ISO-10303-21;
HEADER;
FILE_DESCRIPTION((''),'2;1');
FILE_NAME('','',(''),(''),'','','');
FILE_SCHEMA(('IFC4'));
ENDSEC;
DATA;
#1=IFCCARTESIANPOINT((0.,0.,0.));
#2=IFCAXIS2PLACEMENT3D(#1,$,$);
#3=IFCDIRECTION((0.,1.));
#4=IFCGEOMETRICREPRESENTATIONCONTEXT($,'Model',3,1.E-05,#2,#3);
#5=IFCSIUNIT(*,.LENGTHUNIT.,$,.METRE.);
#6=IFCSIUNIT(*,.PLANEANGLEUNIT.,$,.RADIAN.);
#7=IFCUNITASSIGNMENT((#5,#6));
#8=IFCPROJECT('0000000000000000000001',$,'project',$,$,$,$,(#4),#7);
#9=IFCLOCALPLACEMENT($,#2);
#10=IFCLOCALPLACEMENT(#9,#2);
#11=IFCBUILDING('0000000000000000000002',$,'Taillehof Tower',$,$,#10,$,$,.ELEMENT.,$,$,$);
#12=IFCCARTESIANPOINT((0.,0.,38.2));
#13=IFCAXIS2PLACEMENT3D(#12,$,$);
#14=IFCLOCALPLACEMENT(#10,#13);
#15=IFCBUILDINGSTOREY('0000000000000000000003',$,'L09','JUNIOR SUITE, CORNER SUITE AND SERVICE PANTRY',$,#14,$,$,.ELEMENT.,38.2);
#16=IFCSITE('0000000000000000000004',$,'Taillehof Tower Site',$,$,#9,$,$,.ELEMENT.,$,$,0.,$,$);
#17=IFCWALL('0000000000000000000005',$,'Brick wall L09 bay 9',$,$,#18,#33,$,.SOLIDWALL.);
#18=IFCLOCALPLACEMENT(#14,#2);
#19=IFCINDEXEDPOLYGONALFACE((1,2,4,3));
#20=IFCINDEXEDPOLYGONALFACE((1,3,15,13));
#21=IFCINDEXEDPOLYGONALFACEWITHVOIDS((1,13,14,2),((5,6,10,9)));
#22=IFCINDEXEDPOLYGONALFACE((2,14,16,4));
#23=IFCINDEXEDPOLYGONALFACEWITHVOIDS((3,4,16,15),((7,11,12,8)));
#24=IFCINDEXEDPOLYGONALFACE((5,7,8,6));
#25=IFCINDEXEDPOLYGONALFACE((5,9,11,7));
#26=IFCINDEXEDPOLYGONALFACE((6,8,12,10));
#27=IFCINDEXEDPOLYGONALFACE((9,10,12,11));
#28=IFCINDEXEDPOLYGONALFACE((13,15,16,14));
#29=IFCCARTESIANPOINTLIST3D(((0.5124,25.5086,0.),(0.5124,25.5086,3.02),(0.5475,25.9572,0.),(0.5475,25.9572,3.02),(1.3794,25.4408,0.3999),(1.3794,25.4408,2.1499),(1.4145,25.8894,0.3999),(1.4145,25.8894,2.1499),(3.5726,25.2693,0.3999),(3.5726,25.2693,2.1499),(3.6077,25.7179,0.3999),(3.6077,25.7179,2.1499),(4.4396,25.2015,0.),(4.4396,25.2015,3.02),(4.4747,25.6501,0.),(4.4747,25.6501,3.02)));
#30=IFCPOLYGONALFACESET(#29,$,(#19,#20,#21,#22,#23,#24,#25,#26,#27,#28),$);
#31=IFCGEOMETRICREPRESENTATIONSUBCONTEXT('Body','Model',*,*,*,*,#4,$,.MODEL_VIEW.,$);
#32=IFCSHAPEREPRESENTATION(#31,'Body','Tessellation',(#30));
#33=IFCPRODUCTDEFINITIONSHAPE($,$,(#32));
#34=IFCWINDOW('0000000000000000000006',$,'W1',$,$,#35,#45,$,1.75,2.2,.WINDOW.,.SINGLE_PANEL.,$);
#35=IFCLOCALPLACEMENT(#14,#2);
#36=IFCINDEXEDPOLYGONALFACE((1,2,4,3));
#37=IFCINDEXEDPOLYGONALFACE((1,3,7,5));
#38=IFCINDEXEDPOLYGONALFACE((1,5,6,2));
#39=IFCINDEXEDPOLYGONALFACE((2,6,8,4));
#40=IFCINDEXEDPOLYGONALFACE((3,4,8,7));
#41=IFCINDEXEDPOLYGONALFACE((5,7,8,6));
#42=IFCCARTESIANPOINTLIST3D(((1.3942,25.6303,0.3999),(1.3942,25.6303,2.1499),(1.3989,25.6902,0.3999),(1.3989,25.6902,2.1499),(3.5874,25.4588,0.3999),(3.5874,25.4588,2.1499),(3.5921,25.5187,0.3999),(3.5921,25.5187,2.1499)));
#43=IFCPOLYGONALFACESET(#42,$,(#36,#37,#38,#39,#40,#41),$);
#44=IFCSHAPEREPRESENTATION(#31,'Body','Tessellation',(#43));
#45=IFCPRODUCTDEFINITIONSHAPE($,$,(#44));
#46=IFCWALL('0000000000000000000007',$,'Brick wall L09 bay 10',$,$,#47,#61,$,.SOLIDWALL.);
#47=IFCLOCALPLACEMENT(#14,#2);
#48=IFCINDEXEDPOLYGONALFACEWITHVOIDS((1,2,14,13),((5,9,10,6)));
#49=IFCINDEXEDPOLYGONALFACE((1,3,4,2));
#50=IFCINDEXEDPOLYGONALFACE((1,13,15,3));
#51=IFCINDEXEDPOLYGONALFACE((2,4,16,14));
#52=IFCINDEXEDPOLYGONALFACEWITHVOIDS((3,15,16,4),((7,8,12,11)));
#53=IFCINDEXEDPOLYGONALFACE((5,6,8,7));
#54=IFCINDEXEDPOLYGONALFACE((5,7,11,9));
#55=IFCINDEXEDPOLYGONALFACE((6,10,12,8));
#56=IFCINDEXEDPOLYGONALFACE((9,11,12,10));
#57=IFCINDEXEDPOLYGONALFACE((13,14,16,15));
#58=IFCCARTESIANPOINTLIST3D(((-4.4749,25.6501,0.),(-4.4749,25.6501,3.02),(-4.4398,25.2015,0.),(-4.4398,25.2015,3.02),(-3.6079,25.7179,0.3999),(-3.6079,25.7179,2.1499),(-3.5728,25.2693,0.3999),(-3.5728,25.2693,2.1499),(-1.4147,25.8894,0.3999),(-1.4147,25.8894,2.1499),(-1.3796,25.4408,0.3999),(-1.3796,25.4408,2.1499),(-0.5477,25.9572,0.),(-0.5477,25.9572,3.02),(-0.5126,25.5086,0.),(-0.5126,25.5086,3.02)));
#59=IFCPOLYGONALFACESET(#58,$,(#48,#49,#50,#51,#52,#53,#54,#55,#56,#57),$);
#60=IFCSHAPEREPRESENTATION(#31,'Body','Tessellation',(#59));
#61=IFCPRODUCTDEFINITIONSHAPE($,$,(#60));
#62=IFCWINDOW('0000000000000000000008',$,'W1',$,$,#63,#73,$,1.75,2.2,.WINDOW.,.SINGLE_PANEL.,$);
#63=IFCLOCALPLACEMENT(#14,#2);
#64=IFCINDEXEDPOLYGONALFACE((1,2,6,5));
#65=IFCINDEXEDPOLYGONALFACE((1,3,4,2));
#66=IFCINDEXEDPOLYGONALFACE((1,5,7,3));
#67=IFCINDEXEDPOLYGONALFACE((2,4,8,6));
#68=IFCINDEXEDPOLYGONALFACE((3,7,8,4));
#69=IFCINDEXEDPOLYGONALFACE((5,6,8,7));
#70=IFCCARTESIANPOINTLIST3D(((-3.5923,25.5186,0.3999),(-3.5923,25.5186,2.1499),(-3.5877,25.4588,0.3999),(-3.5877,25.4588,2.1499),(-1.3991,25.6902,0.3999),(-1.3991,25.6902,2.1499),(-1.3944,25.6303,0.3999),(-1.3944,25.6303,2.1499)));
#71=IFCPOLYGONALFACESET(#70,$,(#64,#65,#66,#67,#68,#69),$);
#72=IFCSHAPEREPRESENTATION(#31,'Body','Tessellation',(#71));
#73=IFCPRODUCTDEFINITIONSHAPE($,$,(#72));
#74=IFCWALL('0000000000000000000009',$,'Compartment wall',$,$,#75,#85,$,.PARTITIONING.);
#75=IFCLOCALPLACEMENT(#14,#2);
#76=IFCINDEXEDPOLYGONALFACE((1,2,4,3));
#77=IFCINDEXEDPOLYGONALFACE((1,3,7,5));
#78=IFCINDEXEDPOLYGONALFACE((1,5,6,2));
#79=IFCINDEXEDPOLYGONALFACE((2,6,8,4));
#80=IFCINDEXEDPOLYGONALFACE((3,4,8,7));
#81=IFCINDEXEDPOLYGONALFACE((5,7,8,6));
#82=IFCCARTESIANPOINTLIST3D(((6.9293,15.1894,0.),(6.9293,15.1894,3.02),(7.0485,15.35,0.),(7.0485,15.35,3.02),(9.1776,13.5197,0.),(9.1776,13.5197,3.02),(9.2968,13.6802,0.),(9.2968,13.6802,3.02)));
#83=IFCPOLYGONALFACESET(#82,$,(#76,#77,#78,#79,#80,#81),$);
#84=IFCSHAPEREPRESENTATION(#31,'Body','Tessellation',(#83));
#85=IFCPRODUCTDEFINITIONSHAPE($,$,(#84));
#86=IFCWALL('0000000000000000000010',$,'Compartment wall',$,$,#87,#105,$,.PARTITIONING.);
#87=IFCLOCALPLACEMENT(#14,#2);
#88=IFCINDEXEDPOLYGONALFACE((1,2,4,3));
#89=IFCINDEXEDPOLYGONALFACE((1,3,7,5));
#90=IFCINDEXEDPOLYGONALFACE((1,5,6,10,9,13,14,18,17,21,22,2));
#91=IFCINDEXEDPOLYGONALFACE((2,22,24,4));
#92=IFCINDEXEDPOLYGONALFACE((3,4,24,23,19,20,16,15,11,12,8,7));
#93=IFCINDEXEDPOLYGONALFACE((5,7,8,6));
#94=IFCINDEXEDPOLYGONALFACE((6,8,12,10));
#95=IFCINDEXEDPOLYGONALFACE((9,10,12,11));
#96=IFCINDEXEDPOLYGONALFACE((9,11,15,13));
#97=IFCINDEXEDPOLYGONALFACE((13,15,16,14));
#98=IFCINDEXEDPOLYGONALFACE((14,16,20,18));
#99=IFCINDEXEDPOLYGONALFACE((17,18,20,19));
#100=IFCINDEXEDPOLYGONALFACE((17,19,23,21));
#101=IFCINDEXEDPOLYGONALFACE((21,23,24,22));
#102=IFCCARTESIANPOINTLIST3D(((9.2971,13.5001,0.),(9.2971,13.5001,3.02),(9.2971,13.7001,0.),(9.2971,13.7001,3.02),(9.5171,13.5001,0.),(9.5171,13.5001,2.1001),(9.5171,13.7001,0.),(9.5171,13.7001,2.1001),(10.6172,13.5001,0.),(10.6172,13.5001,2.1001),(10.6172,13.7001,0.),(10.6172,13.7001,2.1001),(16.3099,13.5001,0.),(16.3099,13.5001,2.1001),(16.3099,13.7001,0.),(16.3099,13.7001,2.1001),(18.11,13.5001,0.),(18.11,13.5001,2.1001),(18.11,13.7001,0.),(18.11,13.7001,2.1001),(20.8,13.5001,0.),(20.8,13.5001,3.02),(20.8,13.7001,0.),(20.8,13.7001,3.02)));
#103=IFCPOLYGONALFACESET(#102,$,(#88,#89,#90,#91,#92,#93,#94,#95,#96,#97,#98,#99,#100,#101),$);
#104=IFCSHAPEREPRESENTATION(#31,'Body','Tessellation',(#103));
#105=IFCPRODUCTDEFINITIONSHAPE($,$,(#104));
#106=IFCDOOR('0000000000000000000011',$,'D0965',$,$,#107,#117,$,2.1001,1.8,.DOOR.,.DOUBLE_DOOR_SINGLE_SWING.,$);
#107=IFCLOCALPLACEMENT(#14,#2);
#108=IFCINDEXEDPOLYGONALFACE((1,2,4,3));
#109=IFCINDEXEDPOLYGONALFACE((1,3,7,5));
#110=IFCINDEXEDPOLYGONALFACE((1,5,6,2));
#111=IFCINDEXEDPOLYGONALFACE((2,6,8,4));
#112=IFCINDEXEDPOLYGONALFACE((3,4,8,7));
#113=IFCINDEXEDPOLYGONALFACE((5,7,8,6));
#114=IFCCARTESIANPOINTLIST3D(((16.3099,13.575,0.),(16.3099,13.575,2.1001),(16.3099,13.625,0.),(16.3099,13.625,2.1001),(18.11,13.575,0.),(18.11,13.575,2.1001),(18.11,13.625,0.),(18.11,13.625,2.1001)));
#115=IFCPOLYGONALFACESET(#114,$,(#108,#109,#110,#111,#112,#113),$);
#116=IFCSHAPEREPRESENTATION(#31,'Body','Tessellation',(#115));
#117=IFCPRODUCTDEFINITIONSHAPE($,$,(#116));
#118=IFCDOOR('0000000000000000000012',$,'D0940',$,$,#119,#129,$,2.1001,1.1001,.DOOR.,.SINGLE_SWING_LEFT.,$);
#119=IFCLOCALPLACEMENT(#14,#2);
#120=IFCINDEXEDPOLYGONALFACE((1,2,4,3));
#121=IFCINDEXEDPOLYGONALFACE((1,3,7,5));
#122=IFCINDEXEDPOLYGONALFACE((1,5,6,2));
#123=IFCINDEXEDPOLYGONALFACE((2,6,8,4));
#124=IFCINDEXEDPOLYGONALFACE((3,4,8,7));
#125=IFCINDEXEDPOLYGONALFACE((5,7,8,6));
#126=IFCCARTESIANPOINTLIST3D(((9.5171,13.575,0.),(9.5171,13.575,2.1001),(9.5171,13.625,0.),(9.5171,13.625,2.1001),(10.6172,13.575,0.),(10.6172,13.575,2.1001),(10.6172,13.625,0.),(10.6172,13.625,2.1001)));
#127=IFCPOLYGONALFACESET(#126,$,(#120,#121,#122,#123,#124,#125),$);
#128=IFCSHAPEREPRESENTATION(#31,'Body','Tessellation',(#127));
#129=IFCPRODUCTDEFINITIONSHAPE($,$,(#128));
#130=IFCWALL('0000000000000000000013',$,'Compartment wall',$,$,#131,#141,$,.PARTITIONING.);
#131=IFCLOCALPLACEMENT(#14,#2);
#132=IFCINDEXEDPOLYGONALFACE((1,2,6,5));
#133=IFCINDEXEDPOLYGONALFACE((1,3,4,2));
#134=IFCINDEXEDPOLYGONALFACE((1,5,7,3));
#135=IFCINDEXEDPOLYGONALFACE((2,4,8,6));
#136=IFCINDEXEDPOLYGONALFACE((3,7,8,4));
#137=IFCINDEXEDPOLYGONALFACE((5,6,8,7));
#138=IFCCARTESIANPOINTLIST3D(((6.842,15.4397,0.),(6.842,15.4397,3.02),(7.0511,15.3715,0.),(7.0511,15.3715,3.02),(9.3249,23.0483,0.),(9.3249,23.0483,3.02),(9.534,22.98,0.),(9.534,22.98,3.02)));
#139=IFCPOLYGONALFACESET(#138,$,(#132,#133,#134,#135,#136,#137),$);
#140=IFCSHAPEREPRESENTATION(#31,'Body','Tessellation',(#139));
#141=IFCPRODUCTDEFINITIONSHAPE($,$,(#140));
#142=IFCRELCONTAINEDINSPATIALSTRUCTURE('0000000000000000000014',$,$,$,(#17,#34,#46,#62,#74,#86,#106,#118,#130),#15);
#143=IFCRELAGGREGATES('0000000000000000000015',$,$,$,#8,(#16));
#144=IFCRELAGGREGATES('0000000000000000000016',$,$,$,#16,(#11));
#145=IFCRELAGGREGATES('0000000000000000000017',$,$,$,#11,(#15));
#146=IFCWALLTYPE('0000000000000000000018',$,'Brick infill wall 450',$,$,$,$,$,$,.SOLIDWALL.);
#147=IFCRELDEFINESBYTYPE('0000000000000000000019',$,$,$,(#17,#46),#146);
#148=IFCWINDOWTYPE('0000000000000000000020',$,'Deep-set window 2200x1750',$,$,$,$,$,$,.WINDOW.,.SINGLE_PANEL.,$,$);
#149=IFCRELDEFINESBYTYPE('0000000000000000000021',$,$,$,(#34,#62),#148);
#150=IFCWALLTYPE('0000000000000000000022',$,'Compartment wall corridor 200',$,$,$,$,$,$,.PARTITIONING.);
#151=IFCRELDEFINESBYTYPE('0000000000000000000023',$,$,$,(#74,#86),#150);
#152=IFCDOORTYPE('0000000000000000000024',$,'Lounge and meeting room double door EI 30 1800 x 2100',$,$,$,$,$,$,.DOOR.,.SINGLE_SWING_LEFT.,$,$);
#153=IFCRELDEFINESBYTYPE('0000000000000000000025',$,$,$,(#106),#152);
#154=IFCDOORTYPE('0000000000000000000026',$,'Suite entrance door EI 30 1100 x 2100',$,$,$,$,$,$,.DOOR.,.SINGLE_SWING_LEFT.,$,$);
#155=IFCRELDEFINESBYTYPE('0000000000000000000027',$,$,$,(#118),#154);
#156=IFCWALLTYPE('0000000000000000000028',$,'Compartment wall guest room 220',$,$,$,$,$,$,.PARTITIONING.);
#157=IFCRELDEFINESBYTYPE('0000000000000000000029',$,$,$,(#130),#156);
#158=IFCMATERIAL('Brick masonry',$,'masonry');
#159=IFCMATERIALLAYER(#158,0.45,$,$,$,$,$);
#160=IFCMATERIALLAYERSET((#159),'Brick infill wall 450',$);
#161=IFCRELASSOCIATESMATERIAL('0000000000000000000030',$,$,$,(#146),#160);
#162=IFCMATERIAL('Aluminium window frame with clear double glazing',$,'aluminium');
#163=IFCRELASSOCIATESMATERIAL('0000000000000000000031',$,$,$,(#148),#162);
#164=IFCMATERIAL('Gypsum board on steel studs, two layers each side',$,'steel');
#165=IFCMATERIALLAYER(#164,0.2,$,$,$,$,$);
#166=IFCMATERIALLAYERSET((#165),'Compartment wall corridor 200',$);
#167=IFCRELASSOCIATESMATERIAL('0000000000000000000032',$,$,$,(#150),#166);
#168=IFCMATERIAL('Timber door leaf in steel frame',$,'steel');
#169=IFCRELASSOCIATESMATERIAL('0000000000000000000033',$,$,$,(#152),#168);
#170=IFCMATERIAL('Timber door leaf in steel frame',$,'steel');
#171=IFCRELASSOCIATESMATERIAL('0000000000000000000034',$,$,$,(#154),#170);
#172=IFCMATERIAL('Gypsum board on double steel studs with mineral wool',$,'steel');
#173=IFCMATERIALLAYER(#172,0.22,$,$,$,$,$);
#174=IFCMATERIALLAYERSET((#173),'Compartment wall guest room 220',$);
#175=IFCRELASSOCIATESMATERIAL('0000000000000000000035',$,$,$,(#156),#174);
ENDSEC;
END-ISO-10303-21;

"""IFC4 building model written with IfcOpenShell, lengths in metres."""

from ifc_helpers import new_model, si_unit, direction, frame, frame_2d, origin, place, context, subcontext, project, spatial, rectangle, extrude, material, layer, layer_set, type_object, element, fill, save


model = new_model("IFC4")

# Units and contexts
model_context = context("Model", 3, precision=1e-05, world=origin(), true_north=direction((0.0, 1.0)))
body_context = subcontext(model_context, "Body", "Model", "MODEL_VIEW")
ifc_project = project(units=[si_unit("LENGTHUNIT", "METRE"), si_unit("PLANEANGLEUNIT", "RADIAN")], contexts=[model_context])

# Site, building, storey
site_placement = place(None, origin())
site = spatial("IfcSite", under=ifc_project, at=site_placement, Name="Taillehof Tower Site", CompositionType="ELEMENT", RefElevation=0.0)
building_placement = place(site_placement, origin())
building = spatial("IfcBuilding", under=site, at=building_placement, Name="Taillehof Tower", CompositionType="ELEMENT")
storey_placement = place(building_placement, frame((0.0, 0.0, 38.2)))
storey = spatial("IfcBuildingStorey", under=building, at=storey_placement, Name="L09", Description="JUNIOR SUITE, CORNER SUITE AND SERVICE PANTRY", CompositionType="ELEMENT", Elevation=38.2)

# Walls, openings, windows
ifc_material_1 = material(Name="Brick masonry", Category="masonry")
ifc_layer_1 = layer(ifc_material_1, 0.45)
ifc_layer_set_1 = layer_set([ifc_layer_1], Name="Brick infill wall 450")
wall_type_1 = type_object("IfcWallType", Name="Brick infill wall 450", PredefinedType="SOLIDWALL", material=ifc_layer_set_1)
ifc_material_2 = material(Name="Aluminium window frame with clear double glazing", Category="aluminium")
window_type = type_object("IfcWindowType", Name="Deep-set window 2200x1750", PartitioningType="SINGLE_PANEL", PredefinedType="WINDOW", material=ifc_material_2)
wall_1_placement = place(storey_placement, frame((4.4573, 25.4258, 0.0), z_axis=(0.0, 0.0, 1.0), x_axis=(-0.996956, 0.077967, 0.0)))
wall_1 = element("IfcWall", 1, at=wall_1_placement, inside=storey, type_object=wall_type_1, Name="Brick wall L09 bay 9", PredefinedType="SOLIDWALL", context=body_context, shape_type="SweptSolid", body=[
    extrude(rectangle(XDim=3.9392, YDim=0.45, at=frame_2d((1.9697, 0.0))), origin(), (0.0, 0.0, 1.0), 3.02),
])
opening_1_placement = place(wall_1_placement, frame((0.8696, 0.0, 0.3999)))
opening_1 = element("IfcOpeningElement", 2, at=opening_1_placement, cuts=wall_1, PredefinedType="OPENING", context=body_context, shape_type="SweptSolid", body=[
    extrude(rectangle(XDim=2.2, YDim=1.75, at=frame_2d((1.1001, 0.875))), frame((0.0, 0.2349, 0.0), z_axis=(0.0, -1.0, 0.0), x_axis=(1.0, 0.0, 0.0)), (0.0, 0.0, 1.0), 0.47),
])
window_1_placement = place(opening_1_placement, origin())
window_1 = element("IfcWindow", 3, at=window_1_placement, inside=storey, type_object=window_type, Name="W1", OverallHeight=1.75, OverallWidth=2.2, PartitioningType="SINGLE_PANEL", PredefinedType="WINDOW", context=body_context, shape_type="SweptSolid", body=[
    extrude(rectangle(XDim=2.2, YDim=1.75, at=frame_2d((1.1001, 0.875))), frame((0.0, 0.0349, 0.0), z_axis=(0.0, -1.0, 0.0), x_axis=(1.0, 0.0, 0.0)), (0.0, 0.0, 1.0), 0.0601),
])
fill(opening_1, window_1)
wall_2_placement = place(storey_placement, frame((-0.53, 25.7329, 0.0), z_axis=(0.0, 0.0, 1.0), x_axis=(-0.996956, -0.077967, 0.0)))
wall_2 = element("IfcWall", 4, at=wall_2_placement, inside=storey, type_object=wall_type_1, Name="Brick wall L09 bay 10", PredefinedType="SOLIDWALL", context=body_context, shape_type="SweptSolid", body=[
    extrude(rectangle(XDim=3.9392, YDim=0.45, at=frame_2d((1.9697, 0.0))), origin(), (0.0, 0.0, 1.0), 3.02),
])
opening_2_placement = place(wall_2_placement, frame((0.8696, 0.0, 0.3999)))
opening_2 = element("IfcOpeningElement", 5, at=opening_2_placement, cuts=wall_2, PredefinedType="OPENING", context=body_context, shape_type="SweptSolid", body=[
    extrude(rectangle(XDim=2.2, YDim=1.75, at=frame_2d((1.1001, 0.875))), frame((0.0, 0.2349, 0.0), z_axis=(0.0, -1.0, 0.0), x_axis=(1.0, 0.0, 0.0)), (0.0, 0.0, 1.0), 0.47),
])
window_2_placement = place(opening_2_placement, origin())
window_2 = element("IfcWindow", 6, at=window_2_placement, inside=storey, type_object=window_type, Name="W1", OverallHeight=1.75, OverallWidth=2.2, PartitioningType="SINGLE_PANEL", PredefinedType="WINDOW", context=body_context, shape_type="SweptSolid", body=[
    extrude(rectangle(XDim=2.2, YDim=1.75, at=frame_2d((1.1001, 0.875))), frame((0.0, 0.0349, 0.0), z_axis=(0.0, -1.0, 0.0), x_axis=(1.0, 0.0, 0.0)), (0.0, 0.0, 1.0), 0.0601),
])
fill(opening_2, window_2)

# Wall
ifc_material_3 = material(Name="Gypsum board on steel studs, two layers each side", Category="steel")
ifc_layer_2 = layer(ifc_material_3, 0.2)
ifc_layer_set_2 = layer_set([ifc_layer_2], Name="Compartment wall corridor 200")
wall_type_2 = type_object("IfcWallType", Name="Compartment wall corridor 200", PredefinedType="PARTITIONING", material=ifc_layer_set_2)
wall_3_placement = place(storey_placement, frame((6.9888, 15.2698, 0.0), z_axis=(0.0, 0.0, 1.0), x_axis=(0.802826, -0.596213, 0.0)))
element("IfcWall", 7, at=wall_3_placement, inside=storey, type_object=wall_type_2, Name="Compartment wall", PredefinedType="PARTITIONING", context=body_context, shape_type="SweptSolid", body=[
    extrude(rectangle(XDim=2.8005, YDim=0.2, at=frame_2d((1.4004, 0.0))), origin(), (0.0, 0.0, 1.0), 3.02),
])

# Wall, openings, doors
wall_4_placement = place(storey_placement, frame((9.2971, 13.6001, 0.0), z_axis=(0.0, 0.0, 1.0), x_axis=(1.0, 0.0, 0.0)))
wall_4 = element("IfcWall", 8, at=wall_4_placement, inside=storey, type_object=wall_type_2, Name="Compartment wall", PredefinedType="PARTITIONING", context=body_context, shape_type="SweptSolid", body=[
    extrude(rectangle(XDim=11.5029, YDim=0.2, at=frame_2d((5.7515, 0.0))), origin(), (0.0, 0.0, 1.0), 3.02),
])
opening_3_placement = place(wall_4_placement, frame((0.22, 0.0, 0.0)))
opening_3 = element("IfcOpeningElement", 9, at=opening_3_placement, cuts=wall_4, PredefinedType="OPENING", context=body_context, shape_type="SweptSolid", body=[
    extrude(rectangle(XDim=1.1001, YDim=2.1001, at=frame_2d((0.55, 1.05))), frame((0.0, 0.1099, 0.0), z_axis=(0.0, -1.0, 0.0), x_axis=(1.0, 0.0, 0.0)), (0.0, 0.0, 1.0), 0.22),
])
opening_4_placement = place(wall_4_placement, frame((7.0129, 0.0, 0.0)))
opening_4 = element("IfcOpeningElement", 10, at=opening_4_placement, cuts=wall_4, PredefinedType="OPENING", context=body_context, shape_type="SweptSolid", body=[
    extrude(rectangle(XDim=1.8, YDim=2.1001, at=frame_2d((0.8999, 1.05))), frame((0.0, 0.1099, 0.0), z_axis=(0.0, -1.0, 0.0), x_axis=(1.0, 0.0, 0.0)), (0.0, 0.0, 1.0), 0.22),
])
ifc_material_4 = material(Name="Timber door leaf in steel frame", Category="steel")
door_type_1 = type_object("IfcDoorType", Name="Lounge and meeting room double door EI 30 1800 x 2100", OperationType="SINGLE_SWING_LEFT", PredefinedType="DOOR", material=ifc_material_4)
door_1_placement = place(opening_4_placement, origin())
door_1 = element("IfcDoor", 11, at=door_1_placement, inside=storey, type_object=door_type_1, Name="D0965", OperationType="DOUBLE_DOOR_SINGLE_SWING", OverallHeight=2.1001, OverallWidth=1.8, PredefinedType="DOOR", context=body_context, shape_type="SweptSolid", body=[
    extrude(rectangle(XDim=1.8, YDim=2.1001, at=frame_2d((0.8999, 1.05))), frame((0.0, 0.0249, 0.0), z_axis=(0.0, -1.0, 0.0), x_axis=(1.0, 0.0, 0.0)), (0.0, 0.0, 1.0), 0.05),
])
fill(opening_4, door_1)
ifc_material_5 = material(Name="Timber door leaf in steel frame", Category="steel")
door_type_2 = type_object("IfcDoorType", Name="Suite entrance door EI 30 1100 x 2100", OperationType="SINGLE_SWING_LEFT", PredefinedType="DOOR", material=ifc_material_5)
door_2_placement = place(opening_3_placement, origin())
door_2 = element("IfcDoor", 12, at=door_2_placement, inside=storey, type_object=door_type_2, Name="D0940", OperationType="SINGLE_SWING_LEFT", OverallHeight=2.1001, OverallWidth=1.1001, PredefinedType="DOOR", context=body_context, shape_type="SweptSolid", body=[
    extrude(rectangle(XDim=1.1001, YDim=2.1001, at=frame_2d((0.55, 1.05))), frame((0.0, 0.0249, 0.0), z_axis=(0.0, -1.0, 0.0), x_axis=(1.0, 0.0, 0.0)), (0.0, 0.0, 1.0), 0.05),
])
fill(opening_3, door_2)

# Wall
ifc_material_6 = material(Name="Gypsum board on double steel studs with mineral wool", Category="steel")
ifc_layer_3 = layer(ifc_material_6, 0.22)
ifc_layer_set_3 = layer_set([ifc_layer_3], Name="Compartment wall guest room 220")
wall_type_3 = type_object("IfcWallType", Name="Compartment wall guest room 220", PredefinedType="PARTITIONING", material=ifc_layer_set_3)
wall_5_placement = place(storey_placement, frame((9.4294, 23.0142, 0.0), z_axis=(0.0, 0.0, 1.0), x_axis=(-0.310227, -0.950662, 0.0)))
element("IfcWall", 13, at=wall_5_placement, inside=storey, type_object=wall_type_3, Name="Compartment wall", PredefinedType="PARTITIONING", context=body_context, shape_type="SweptSolid", body=[
    extrude(rectangle(XDim=8.0034, YDim=0.22, at=frame_2d((4.0017, 0.0))), origin(), (0.0, 0.0, 1.0), 3.02),
])

save(model, "model.ifc")
